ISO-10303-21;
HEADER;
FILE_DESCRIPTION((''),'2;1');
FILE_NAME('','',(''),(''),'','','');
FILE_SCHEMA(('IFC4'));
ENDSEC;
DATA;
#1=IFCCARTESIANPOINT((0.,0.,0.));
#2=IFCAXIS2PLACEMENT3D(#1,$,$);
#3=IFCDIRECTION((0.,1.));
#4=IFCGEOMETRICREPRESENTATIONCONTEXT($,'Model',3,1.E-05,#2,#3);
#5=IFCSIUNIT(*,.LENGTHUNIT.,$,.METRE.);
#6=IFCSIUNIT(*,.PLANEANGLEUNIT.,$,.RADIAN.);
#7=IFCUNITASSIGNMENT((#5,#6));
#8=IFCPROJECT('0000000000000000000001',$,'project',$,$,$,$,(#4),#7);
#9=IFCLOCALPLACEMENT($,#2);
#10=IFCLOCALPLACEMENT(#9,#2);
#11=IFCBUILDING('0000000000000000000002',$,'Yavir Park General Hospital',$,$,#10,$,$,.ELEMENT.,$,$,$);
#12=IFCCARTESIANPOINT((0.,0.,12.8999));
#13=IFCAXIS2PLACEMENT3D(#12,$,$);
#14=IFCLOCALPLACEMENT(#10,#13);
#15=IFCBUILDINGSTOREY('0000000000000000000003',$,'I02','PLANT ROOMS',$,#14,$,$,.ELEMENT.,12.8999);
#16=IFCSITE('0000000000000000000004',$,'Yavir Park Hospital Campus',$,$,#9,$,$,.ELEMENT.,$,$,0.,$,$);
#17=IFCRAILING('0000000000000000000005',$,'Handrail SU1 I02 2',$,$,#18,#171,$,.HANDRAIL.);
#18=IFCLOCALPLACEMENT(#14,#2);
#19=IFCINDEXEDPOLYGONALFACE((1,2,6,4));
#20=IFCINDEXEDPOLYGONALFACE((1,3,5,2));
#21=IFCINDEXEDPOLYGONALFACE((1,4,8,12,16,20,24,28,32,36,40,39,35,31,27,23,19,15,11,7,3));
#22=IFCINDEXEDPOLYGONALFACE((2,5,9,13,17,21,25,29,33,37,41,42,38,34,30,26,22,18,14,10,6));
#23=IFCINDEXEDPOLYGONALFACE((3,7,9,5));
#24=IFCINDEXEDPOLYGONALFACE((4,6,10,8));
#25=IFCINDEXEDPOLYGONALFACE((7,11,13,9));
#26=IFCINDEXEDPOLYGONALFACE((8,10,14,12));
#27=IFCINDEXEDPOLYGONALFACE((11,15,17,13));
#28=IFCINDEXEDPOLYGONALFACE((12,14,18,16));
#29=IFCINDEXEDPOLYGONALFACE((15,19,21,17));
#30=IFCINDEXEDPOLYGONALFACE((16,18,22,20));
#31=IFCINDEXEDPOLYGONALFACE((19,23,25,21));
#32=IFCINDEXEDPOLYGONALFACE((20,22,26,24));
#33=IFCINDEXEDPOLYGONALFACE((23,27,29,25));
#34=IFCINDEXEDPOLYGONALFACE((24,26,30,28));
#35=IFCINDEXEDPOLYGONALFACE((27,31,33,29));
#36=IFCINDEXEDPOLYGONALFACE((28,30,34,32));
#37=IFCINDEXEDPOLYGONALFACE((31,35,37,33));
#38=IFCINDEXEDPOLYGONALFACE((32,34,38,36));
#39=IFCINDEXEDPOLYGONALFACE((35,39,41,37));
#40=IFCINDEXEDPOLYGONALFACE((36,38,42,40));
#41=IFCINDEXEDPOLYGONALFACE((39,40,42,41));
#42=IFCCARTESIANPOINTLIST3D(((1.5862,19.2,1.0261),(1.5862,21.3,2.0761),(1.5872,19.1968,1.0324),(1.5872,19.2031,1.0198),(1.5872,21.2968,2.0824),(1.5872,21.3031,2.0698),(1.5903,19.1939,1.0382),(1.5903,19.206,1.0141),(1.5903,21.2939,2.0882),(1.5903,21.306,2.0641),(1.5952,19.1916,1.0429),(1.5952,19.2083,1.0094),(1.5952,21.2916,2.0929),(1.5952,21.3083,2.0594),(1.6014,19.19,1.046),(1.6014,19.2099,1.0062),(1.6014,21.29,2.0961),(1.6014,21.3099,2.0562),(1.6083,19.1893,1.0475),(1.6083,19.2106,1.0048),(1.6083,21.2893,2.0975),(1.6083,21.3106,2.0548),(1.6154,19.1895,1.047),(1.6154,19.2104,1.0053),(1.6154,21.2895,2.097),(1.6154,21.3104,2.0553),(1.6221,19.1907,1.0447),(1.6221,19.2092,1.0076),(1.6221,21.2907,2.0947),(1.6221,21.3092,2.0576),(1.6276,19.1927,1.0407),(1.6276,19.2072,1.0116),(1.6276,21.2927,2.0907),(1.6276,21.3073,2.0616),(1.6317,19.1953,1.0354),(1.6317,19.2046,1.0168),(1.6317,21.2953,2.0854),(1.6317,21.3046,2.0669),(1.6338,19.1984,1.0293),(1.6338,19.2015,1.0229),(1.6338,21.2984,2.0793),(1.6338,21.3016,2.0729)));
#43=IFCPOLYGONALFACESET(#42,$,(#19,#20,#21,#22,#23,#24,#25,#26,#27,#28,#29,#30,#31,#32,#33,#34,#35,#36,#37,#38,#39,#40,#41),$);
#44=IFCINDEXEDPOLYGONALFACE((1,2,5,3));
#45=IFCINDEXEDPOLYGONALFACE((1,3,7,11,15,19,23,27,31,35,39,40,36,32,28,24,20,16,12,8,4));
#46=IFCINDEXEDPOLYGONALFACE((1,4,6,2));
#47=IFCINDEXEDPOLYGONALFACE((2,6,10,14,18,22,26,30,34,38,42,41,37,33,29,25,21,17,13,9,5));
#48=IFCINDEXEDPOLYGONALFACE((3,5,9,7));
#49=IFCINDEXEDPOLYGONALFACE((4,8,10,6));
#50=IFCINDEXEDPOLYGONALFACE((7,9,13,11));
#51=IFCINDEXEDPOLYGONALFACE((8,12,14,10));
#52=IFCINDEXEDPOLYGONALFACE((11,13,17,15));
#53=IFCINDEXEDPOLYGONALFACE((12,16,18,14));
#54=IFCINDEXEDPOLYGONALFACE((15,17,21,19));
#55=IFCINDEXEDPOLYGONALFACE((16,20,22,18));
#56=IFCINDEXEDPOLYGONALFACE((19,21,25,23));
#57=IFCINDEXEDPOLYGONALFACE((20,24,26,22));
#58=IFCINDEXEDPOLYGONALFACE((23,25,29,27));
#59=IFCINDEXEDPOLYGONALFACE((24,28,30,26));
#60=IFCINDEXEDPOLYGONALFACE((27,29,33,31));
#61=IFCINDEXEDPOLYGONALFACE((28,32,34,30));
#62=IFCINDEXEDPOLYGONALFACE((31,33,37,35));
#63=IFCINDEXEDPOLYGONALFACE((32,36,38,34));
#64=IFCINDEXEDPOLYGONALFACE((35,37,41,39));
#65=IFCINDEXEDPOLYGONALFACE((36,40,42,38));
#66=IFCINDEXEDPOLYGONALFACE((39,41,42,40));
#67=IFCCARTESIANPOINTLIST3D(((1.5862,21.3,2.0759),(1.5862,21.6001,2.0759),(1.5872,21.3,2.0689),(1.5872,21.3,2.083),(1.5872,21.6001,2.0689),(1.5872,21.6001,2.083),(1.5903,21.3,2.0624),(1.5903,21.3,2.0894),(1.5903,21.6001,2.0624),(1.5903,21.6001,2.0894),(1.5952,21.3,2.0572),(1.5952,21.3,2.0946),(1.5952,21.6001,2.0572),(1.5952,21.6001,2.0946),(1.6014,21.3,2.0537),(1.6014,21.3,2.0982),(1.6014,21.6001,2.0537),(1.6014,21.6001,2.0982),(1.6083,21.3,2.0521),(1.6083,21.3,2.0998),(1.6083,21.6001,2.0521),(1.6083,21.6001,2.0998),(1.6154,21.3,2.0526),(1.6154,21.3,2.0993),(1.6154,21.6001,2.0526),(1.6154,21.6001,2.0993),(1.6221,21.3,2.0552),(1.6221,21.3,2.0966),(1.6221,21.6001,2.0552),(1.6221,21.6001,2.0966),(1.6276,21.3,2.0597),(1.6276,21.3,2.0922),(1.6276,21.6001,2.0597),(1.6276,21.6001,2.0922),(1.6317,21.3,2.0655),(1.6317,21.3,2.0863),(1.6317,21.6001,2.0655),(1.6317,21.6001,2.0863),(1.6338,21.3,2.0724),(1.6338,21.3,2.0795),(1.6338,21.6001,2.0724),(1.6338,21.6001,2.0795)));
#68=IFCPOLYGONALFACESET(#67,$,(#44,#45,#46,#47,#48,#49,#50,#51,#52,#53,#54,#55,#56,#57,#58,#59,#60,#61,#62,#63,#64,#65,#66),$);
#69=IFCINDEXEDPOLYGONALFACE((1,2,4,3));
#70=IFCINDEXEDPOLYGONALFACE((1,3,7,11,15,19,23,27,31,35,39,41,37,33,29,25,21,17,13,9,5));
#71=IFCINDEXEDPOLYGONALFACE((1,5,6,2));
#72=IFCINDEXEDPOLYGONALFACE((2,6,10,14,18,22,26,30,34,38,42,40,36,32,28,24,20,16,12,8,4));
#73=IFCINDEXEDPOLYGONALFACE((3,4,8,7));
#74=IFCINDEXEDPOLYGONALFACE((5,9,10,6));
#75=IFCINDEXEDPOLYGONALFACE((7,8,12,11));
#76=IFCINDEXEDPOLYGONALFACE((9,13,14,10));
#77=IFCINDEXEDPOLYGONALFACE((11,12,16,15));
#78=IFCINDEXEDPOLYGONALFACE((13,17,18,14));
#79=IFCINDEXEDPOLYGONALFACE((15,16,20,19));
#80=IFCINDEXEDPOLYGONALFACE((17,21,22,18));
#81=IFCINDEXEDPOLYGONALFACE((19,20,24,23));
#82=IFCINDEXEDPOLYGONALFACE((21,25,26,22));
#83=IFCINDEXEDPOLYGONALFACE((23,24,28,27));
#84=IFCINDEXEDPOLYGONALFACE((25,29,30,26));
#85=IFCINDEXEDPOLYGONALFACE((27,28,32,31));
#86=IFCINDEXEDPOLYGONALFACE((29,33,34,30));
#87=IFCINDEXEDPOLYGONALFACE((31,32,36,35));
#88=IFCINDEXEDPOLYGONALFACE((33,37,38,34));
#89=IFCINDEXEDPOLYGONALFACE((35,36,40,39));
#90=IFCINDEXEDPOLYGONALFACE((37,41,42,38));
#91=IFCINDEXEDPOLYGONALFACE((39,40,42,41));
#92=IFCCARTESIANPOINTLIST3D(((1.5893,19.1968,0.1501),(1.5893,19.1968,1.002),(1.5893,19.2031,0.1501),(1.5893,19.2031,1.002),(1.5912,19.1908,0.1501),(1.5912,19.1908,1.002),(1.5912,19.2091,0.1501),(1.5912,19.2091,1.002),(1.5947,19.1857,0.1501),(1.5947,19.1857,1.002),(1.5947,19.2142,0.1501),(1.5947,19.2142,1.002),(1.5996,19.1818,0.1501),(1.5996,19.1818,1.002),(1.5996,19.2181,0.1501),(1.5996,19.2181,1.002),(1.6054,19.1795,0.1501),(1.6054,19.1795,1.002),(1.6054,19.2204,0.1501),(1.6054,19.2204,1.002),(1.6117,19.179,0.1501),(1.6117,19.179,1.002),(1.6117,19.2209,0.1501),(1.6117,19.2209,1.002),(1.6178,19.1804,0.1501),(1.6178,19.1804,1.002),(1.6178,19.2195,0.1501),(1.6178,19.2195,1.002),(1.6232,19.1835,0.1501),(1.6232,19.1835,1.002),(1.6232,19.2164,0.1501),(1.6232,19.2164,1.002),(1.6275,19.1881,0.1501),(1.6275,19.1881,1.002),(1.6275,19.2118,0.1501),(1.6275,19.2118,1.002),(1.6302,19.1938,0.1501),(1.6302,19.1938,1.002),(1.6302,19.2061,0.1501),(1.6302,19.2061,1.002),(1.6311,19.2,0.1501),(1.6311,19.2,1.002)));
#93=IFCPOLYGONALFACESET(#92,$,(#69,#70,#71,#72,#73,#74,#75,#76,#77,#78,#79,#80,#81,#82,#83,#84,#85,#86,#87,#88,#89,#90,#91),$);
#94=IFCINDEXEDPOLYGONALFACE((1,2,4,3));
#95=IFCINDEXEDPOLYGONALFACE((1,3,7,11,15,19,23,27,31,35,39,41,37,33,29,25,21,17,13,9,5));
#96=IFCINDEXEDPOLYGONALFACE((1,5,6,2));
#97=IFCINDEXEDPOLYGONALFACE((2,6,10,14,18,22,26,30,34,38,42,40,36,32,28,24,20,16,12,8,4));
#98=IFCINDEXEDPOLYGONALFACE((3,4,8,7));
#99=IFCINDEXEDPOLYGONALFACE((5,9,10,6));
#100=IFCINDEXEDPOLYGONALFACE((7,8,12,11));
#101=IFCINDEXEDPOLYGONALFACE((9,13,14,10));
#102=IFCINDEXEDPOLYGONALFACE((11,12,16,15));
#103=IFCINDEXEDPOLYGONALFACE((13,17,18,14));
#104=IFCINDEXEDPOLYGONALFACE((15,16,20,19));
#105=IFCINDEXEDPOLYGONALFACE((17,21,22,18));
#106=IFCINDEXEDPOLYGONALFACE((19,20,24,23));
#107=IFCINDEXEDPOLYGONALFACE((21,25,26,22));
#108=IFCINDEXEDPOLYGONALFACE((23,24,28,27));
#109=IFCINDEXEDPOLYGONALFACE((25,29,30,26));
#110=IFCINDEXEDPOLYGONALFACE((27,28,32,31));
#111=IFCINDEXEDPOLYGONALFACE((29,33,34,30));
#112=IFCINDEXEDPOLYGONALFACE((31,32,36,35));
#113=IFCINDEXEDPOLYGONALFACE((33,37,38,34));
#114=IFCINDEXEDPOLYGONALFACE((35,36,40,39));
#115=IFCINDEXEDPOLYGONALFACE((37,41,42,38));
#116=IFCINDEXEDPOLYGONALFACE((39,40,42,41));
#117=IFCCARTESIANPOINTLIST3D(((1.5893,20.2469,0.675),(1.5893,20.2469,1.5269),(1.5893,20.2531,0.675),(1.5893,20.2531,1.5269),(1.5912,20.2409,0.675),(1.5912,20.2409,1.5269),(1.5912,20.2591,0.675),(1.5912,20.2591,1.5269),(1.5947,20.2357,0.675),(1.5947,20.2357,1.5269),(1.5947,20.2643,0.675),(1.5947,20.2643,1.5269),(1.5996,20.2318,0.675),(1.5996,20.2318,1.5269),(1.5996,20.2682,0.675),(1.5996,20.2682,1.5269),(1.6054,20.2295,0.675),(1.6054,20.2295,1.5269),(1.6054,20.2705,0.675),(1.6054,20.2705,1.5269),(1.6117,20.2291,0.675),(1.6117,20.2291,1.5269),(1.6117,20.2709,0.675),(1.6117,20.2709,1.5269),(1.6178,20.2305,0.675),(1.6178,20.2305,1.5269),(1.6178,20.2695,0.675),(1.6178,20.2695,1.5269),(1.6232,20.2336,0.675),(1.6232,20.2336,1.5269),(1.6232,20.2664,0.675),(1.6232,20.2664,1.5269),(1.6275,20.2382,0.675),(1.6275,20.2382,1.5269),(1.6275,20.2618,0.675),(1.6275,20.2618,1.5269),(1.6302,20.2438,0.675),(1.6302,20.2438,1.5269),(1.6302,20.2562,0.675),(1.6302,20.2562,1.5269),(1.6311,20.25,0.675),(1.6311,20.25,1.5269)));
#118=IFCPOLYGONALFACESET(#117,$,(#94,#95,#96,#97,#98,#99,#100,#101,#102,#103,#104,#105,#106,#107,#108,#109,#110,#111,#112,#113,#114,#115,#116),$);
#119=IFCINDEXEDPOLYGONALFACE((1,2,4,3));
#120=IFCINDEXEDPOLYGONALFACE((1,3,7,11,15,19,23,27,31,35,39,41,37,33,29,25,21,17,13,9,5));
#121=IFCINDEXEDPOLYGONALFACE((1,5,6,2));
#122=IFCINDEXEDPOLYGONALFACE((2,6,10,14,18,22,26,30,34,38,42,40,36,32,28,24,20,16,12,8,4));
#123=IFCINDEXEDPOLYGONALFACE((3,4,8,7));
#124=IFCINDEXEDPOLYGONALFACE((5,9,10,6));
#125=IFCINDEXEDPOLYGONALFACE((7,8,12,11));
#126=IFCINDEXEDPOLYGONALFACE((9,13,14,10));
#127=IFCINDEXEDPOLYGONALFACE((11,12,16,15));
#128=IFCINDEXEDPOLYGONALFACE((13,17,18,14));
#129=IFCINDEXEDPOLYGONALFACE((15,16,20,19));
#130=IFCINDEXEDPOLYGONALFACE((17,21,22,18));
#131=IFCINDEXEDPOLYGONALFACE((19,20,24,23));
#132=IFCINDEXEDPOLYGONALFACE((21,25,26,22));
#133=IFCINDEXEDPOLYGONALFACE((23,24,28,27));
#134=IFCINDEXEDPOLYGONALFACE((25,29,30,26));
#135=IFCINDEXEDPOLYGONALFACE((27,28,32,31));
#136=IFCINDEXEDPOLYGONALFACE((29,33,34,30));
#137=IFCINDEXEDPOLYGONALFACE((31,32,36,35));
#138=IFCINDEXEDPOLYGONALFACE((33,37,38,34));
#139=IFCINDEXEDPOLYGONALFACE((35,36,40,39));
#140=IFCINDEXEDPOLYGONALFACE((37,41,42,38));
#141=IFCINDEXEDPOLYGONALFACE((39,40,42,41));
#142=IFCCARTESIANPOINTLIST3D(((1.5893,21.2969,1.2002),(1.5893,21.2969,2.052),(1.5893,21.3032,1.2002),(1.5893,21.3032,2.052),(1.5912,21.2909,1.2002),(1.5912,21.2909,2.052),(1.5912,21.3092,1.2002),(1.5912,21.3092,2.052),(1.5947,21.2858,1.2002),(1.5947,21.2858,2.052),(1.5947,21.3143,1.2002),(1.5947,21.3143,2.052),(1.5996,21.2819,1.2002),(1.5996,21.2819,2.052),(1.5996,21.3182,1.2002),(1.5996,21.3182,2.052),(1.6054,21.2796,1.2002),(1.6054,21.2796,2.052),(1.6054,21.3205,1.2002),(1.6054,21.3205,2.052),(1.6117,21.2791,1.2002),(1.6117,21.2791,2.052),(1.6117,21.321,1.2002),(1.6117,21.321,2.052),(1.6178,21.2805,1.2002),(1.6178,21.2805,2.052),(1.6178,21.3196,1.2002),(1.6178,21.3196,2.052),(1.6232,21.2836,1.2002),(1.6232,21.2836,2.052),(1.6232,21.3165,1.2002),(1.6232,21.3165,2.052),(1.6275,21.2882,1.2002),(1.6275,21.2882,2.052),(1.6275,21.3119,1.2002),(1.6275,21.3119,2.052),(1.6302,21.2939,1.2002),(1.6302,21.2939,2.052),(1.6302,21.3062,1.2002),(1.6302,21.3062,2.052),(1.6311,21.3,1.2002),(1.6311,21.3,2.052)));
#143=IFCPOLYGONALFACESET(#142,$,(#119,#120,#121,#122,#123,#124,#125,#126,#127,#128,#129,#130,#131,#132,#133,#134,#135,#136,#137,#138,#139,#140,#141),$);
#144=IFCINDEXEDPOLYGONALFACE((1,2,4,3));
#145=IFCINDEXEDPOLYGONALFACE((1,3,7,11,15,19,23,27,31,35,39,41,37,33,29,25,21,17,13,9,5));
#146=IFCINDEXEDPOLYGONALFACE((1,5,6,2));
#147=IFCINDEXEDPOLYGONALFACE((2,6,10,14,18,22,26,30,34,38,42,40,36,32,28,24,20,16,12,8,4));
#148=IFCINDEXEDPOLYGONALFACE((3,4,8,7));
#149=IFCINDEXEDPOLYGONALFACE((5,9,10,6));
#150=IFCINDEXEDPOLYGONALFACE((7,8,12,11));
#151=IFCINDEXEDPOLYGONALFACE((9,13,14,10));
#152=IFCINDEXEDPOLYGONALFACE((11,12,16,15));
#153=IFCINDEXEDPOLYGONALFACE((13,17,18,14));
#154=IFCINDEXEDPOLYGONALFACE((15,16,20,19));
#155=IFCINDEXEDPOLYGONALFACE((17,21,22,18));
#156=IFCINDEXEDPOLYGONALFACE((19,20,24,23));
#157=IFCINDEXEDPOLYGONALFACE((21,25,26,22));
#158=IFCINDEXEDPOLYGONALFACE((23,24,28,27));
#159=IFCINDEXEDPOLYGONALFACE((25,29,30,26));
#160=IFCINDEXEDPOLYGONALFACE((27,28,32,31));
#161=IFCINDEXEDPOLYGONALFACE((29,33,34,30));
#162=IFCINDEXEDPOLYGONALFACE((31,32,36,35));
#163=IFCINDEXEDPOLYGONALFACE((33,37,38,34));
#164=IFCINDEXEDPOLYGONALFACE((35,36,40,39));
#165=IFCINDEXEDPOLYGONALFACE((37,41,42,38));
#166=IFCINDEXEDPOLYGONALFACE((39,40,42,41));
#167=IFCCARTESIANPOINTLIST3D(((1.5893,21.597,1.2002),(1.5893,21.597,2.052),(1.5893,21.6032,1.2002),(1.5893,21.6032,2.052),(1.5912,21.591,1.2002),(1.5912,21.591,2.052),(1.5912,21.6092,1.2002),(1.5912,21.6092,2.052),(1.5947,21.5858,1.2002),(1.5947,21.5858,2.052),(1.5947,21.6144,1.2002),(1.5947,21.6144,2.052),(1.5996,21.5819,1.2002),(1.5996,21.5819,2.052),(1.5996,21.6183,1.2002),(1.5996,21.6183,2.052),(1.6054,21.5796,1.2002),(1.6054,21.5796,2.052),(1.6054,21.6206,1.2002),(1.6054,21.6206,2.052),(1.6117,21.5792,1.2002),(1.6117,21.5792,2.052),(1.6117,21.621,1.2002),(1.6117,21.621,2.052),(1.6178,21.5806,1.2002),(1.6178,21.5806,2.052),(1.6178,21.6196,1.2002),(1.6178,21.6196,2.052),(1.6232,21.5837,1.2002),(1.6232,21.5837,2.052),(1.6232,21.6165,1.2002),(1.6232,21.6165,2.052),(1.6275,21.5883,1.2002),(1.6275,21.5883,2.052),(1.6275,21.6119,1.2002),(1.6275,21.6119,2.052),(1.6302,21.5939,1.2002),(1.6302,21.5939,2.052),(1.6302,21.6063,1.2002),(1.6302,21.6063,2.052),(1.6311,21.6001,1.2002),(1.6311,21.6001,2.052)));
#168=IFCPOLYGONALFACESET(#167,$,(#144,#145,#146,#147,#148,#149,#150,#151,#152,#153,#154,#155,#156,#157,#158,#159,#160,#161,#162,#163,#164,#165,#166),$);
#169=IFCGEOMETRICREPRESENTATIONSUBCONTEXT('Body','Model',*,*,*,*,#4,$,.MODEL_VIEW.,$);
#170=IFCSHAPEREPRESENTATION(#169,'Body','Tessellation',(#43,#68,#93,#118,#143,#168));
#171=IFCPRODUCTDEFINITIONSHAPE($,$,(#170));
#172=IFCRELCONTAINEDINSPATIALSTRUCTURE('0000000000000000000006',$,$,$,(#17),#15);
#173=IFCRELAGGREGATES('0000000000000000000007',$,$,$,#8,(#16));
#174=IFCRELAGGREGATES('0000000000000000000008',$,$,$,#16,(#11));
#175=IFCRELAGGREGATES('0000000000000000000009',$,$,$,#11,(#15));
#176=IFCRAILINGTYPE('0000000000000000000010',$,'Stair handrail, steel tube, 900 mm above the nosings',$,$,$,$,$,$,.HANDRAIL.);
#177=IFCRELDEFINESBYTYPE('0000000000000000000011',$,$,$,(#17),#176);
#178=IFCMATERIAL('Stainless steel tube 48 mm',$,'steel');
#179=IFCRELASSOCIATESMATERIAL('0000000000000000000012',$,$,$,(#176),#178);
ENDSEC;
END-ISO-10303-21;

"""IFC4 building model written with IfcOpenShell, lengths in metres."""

from ifc_helpers import new_model, si_unit, direction, frame, origin, origin_2d, place, context, subcontext, project, spatial, circle, extrude, material, type_object, element, save


model = new_model("IFC4")

# Units and contexts
model_context = context("Model", 3, precision=1e-05, world=origin(), true_north=direction((0.0, 1.0)))
body_context = subcontext(model_context, "Body", "Model", "MODEL_VIEW")
ifc_project = project(units=[si_unit("LENGTHUNIT", "METRE"), si_unit("PLANEANGLEUNIT", "RADIAN")], contexts=[model_context])

# Site, building, storey
site_placement = place(None, origin())
site = spatial("IfcSite", under=ifc_project, at=site_placement, Name="Yavir Park Hospital Campus", CompositionType="ELEMENT", RefElevation=0.0)
building_placement = place(site_placement, origin())
building = spatial("IfcBuilding", under=site, at=building_placement, Name="Yavir Park General Hospital", CompositionType="ELEMENT")
storey_placement = place(building_placement, frame((0.0, 0.0, 12.8999)))
storey = spatial("IfcBuildingStorey", under=building, at=storey_placement, Name="I02", Description="PLANT ROOMS", CompositionType="ELEMENT", Elevation=12.8999)

# Railing
ifc_material_1 = material(Name="Stainless steel tube 48 mm", Category="steel")
railing_type_1 = type_object("IfcRailingType", Name="Stair handrail, steel tube, 900 mm above the nosings", PredefinedType="HANDRAIL", material=ifc_material_1)
for number, where, name in (
    (1, (1.6101, 19.2, 0.1501), "Handrail SU1 I02 2"),
):
    element("IfcRailing", number, at=place(storey_placement, frame(where)), inside=storey, type_object=railing_type_1, Name=name, PredefinedType="HANDRAIL", context=body_context, shape_type="SweptSolid", body=[
        extrude(circle(Radius=0.0239, at=origin_2d()), frame((0.0, 0.0, 0.876), z_axis=(0.0, 0.894427, 0.447214), x_axis=(-1.0, 0.0, 0.0)), (0.0, 0.0, 1.0), 2.3479),
        extrude(circle(Radius=0.0239, at=origin_2d()), frame((0.0, 2.1001, 1.9258), z_axis=(0.0, 1.0, 0.0), x_axis=(-1.0, 0.0, 0.0)), (0.0, 0.0, 1.0), 0.3),
        extrude(circle(Radius=0.021, at=origin_2d()), origin(), (0.0, 0.0, 1.0), 0.8518),
        extrude(circle(Radius=0.021, at=origin_2d()), frame((0.0, 1.05, 0.5249)), (0.0, 0.0, 1.0), 0.8518),
        extrude(circle(Radius=0.021, at=origin_2d()), frame((0.0, 2.1001, 1.05)), (0.0, 0.0, 1.0), 0.8518),
        extrude(circle(Radius=0.021, at=origin_2d()), frame((0.0, 2.4001, 1.05)), (0.0, 0.0, 1.0), 0.8518),
    ])

save(model, "model.ifc")
